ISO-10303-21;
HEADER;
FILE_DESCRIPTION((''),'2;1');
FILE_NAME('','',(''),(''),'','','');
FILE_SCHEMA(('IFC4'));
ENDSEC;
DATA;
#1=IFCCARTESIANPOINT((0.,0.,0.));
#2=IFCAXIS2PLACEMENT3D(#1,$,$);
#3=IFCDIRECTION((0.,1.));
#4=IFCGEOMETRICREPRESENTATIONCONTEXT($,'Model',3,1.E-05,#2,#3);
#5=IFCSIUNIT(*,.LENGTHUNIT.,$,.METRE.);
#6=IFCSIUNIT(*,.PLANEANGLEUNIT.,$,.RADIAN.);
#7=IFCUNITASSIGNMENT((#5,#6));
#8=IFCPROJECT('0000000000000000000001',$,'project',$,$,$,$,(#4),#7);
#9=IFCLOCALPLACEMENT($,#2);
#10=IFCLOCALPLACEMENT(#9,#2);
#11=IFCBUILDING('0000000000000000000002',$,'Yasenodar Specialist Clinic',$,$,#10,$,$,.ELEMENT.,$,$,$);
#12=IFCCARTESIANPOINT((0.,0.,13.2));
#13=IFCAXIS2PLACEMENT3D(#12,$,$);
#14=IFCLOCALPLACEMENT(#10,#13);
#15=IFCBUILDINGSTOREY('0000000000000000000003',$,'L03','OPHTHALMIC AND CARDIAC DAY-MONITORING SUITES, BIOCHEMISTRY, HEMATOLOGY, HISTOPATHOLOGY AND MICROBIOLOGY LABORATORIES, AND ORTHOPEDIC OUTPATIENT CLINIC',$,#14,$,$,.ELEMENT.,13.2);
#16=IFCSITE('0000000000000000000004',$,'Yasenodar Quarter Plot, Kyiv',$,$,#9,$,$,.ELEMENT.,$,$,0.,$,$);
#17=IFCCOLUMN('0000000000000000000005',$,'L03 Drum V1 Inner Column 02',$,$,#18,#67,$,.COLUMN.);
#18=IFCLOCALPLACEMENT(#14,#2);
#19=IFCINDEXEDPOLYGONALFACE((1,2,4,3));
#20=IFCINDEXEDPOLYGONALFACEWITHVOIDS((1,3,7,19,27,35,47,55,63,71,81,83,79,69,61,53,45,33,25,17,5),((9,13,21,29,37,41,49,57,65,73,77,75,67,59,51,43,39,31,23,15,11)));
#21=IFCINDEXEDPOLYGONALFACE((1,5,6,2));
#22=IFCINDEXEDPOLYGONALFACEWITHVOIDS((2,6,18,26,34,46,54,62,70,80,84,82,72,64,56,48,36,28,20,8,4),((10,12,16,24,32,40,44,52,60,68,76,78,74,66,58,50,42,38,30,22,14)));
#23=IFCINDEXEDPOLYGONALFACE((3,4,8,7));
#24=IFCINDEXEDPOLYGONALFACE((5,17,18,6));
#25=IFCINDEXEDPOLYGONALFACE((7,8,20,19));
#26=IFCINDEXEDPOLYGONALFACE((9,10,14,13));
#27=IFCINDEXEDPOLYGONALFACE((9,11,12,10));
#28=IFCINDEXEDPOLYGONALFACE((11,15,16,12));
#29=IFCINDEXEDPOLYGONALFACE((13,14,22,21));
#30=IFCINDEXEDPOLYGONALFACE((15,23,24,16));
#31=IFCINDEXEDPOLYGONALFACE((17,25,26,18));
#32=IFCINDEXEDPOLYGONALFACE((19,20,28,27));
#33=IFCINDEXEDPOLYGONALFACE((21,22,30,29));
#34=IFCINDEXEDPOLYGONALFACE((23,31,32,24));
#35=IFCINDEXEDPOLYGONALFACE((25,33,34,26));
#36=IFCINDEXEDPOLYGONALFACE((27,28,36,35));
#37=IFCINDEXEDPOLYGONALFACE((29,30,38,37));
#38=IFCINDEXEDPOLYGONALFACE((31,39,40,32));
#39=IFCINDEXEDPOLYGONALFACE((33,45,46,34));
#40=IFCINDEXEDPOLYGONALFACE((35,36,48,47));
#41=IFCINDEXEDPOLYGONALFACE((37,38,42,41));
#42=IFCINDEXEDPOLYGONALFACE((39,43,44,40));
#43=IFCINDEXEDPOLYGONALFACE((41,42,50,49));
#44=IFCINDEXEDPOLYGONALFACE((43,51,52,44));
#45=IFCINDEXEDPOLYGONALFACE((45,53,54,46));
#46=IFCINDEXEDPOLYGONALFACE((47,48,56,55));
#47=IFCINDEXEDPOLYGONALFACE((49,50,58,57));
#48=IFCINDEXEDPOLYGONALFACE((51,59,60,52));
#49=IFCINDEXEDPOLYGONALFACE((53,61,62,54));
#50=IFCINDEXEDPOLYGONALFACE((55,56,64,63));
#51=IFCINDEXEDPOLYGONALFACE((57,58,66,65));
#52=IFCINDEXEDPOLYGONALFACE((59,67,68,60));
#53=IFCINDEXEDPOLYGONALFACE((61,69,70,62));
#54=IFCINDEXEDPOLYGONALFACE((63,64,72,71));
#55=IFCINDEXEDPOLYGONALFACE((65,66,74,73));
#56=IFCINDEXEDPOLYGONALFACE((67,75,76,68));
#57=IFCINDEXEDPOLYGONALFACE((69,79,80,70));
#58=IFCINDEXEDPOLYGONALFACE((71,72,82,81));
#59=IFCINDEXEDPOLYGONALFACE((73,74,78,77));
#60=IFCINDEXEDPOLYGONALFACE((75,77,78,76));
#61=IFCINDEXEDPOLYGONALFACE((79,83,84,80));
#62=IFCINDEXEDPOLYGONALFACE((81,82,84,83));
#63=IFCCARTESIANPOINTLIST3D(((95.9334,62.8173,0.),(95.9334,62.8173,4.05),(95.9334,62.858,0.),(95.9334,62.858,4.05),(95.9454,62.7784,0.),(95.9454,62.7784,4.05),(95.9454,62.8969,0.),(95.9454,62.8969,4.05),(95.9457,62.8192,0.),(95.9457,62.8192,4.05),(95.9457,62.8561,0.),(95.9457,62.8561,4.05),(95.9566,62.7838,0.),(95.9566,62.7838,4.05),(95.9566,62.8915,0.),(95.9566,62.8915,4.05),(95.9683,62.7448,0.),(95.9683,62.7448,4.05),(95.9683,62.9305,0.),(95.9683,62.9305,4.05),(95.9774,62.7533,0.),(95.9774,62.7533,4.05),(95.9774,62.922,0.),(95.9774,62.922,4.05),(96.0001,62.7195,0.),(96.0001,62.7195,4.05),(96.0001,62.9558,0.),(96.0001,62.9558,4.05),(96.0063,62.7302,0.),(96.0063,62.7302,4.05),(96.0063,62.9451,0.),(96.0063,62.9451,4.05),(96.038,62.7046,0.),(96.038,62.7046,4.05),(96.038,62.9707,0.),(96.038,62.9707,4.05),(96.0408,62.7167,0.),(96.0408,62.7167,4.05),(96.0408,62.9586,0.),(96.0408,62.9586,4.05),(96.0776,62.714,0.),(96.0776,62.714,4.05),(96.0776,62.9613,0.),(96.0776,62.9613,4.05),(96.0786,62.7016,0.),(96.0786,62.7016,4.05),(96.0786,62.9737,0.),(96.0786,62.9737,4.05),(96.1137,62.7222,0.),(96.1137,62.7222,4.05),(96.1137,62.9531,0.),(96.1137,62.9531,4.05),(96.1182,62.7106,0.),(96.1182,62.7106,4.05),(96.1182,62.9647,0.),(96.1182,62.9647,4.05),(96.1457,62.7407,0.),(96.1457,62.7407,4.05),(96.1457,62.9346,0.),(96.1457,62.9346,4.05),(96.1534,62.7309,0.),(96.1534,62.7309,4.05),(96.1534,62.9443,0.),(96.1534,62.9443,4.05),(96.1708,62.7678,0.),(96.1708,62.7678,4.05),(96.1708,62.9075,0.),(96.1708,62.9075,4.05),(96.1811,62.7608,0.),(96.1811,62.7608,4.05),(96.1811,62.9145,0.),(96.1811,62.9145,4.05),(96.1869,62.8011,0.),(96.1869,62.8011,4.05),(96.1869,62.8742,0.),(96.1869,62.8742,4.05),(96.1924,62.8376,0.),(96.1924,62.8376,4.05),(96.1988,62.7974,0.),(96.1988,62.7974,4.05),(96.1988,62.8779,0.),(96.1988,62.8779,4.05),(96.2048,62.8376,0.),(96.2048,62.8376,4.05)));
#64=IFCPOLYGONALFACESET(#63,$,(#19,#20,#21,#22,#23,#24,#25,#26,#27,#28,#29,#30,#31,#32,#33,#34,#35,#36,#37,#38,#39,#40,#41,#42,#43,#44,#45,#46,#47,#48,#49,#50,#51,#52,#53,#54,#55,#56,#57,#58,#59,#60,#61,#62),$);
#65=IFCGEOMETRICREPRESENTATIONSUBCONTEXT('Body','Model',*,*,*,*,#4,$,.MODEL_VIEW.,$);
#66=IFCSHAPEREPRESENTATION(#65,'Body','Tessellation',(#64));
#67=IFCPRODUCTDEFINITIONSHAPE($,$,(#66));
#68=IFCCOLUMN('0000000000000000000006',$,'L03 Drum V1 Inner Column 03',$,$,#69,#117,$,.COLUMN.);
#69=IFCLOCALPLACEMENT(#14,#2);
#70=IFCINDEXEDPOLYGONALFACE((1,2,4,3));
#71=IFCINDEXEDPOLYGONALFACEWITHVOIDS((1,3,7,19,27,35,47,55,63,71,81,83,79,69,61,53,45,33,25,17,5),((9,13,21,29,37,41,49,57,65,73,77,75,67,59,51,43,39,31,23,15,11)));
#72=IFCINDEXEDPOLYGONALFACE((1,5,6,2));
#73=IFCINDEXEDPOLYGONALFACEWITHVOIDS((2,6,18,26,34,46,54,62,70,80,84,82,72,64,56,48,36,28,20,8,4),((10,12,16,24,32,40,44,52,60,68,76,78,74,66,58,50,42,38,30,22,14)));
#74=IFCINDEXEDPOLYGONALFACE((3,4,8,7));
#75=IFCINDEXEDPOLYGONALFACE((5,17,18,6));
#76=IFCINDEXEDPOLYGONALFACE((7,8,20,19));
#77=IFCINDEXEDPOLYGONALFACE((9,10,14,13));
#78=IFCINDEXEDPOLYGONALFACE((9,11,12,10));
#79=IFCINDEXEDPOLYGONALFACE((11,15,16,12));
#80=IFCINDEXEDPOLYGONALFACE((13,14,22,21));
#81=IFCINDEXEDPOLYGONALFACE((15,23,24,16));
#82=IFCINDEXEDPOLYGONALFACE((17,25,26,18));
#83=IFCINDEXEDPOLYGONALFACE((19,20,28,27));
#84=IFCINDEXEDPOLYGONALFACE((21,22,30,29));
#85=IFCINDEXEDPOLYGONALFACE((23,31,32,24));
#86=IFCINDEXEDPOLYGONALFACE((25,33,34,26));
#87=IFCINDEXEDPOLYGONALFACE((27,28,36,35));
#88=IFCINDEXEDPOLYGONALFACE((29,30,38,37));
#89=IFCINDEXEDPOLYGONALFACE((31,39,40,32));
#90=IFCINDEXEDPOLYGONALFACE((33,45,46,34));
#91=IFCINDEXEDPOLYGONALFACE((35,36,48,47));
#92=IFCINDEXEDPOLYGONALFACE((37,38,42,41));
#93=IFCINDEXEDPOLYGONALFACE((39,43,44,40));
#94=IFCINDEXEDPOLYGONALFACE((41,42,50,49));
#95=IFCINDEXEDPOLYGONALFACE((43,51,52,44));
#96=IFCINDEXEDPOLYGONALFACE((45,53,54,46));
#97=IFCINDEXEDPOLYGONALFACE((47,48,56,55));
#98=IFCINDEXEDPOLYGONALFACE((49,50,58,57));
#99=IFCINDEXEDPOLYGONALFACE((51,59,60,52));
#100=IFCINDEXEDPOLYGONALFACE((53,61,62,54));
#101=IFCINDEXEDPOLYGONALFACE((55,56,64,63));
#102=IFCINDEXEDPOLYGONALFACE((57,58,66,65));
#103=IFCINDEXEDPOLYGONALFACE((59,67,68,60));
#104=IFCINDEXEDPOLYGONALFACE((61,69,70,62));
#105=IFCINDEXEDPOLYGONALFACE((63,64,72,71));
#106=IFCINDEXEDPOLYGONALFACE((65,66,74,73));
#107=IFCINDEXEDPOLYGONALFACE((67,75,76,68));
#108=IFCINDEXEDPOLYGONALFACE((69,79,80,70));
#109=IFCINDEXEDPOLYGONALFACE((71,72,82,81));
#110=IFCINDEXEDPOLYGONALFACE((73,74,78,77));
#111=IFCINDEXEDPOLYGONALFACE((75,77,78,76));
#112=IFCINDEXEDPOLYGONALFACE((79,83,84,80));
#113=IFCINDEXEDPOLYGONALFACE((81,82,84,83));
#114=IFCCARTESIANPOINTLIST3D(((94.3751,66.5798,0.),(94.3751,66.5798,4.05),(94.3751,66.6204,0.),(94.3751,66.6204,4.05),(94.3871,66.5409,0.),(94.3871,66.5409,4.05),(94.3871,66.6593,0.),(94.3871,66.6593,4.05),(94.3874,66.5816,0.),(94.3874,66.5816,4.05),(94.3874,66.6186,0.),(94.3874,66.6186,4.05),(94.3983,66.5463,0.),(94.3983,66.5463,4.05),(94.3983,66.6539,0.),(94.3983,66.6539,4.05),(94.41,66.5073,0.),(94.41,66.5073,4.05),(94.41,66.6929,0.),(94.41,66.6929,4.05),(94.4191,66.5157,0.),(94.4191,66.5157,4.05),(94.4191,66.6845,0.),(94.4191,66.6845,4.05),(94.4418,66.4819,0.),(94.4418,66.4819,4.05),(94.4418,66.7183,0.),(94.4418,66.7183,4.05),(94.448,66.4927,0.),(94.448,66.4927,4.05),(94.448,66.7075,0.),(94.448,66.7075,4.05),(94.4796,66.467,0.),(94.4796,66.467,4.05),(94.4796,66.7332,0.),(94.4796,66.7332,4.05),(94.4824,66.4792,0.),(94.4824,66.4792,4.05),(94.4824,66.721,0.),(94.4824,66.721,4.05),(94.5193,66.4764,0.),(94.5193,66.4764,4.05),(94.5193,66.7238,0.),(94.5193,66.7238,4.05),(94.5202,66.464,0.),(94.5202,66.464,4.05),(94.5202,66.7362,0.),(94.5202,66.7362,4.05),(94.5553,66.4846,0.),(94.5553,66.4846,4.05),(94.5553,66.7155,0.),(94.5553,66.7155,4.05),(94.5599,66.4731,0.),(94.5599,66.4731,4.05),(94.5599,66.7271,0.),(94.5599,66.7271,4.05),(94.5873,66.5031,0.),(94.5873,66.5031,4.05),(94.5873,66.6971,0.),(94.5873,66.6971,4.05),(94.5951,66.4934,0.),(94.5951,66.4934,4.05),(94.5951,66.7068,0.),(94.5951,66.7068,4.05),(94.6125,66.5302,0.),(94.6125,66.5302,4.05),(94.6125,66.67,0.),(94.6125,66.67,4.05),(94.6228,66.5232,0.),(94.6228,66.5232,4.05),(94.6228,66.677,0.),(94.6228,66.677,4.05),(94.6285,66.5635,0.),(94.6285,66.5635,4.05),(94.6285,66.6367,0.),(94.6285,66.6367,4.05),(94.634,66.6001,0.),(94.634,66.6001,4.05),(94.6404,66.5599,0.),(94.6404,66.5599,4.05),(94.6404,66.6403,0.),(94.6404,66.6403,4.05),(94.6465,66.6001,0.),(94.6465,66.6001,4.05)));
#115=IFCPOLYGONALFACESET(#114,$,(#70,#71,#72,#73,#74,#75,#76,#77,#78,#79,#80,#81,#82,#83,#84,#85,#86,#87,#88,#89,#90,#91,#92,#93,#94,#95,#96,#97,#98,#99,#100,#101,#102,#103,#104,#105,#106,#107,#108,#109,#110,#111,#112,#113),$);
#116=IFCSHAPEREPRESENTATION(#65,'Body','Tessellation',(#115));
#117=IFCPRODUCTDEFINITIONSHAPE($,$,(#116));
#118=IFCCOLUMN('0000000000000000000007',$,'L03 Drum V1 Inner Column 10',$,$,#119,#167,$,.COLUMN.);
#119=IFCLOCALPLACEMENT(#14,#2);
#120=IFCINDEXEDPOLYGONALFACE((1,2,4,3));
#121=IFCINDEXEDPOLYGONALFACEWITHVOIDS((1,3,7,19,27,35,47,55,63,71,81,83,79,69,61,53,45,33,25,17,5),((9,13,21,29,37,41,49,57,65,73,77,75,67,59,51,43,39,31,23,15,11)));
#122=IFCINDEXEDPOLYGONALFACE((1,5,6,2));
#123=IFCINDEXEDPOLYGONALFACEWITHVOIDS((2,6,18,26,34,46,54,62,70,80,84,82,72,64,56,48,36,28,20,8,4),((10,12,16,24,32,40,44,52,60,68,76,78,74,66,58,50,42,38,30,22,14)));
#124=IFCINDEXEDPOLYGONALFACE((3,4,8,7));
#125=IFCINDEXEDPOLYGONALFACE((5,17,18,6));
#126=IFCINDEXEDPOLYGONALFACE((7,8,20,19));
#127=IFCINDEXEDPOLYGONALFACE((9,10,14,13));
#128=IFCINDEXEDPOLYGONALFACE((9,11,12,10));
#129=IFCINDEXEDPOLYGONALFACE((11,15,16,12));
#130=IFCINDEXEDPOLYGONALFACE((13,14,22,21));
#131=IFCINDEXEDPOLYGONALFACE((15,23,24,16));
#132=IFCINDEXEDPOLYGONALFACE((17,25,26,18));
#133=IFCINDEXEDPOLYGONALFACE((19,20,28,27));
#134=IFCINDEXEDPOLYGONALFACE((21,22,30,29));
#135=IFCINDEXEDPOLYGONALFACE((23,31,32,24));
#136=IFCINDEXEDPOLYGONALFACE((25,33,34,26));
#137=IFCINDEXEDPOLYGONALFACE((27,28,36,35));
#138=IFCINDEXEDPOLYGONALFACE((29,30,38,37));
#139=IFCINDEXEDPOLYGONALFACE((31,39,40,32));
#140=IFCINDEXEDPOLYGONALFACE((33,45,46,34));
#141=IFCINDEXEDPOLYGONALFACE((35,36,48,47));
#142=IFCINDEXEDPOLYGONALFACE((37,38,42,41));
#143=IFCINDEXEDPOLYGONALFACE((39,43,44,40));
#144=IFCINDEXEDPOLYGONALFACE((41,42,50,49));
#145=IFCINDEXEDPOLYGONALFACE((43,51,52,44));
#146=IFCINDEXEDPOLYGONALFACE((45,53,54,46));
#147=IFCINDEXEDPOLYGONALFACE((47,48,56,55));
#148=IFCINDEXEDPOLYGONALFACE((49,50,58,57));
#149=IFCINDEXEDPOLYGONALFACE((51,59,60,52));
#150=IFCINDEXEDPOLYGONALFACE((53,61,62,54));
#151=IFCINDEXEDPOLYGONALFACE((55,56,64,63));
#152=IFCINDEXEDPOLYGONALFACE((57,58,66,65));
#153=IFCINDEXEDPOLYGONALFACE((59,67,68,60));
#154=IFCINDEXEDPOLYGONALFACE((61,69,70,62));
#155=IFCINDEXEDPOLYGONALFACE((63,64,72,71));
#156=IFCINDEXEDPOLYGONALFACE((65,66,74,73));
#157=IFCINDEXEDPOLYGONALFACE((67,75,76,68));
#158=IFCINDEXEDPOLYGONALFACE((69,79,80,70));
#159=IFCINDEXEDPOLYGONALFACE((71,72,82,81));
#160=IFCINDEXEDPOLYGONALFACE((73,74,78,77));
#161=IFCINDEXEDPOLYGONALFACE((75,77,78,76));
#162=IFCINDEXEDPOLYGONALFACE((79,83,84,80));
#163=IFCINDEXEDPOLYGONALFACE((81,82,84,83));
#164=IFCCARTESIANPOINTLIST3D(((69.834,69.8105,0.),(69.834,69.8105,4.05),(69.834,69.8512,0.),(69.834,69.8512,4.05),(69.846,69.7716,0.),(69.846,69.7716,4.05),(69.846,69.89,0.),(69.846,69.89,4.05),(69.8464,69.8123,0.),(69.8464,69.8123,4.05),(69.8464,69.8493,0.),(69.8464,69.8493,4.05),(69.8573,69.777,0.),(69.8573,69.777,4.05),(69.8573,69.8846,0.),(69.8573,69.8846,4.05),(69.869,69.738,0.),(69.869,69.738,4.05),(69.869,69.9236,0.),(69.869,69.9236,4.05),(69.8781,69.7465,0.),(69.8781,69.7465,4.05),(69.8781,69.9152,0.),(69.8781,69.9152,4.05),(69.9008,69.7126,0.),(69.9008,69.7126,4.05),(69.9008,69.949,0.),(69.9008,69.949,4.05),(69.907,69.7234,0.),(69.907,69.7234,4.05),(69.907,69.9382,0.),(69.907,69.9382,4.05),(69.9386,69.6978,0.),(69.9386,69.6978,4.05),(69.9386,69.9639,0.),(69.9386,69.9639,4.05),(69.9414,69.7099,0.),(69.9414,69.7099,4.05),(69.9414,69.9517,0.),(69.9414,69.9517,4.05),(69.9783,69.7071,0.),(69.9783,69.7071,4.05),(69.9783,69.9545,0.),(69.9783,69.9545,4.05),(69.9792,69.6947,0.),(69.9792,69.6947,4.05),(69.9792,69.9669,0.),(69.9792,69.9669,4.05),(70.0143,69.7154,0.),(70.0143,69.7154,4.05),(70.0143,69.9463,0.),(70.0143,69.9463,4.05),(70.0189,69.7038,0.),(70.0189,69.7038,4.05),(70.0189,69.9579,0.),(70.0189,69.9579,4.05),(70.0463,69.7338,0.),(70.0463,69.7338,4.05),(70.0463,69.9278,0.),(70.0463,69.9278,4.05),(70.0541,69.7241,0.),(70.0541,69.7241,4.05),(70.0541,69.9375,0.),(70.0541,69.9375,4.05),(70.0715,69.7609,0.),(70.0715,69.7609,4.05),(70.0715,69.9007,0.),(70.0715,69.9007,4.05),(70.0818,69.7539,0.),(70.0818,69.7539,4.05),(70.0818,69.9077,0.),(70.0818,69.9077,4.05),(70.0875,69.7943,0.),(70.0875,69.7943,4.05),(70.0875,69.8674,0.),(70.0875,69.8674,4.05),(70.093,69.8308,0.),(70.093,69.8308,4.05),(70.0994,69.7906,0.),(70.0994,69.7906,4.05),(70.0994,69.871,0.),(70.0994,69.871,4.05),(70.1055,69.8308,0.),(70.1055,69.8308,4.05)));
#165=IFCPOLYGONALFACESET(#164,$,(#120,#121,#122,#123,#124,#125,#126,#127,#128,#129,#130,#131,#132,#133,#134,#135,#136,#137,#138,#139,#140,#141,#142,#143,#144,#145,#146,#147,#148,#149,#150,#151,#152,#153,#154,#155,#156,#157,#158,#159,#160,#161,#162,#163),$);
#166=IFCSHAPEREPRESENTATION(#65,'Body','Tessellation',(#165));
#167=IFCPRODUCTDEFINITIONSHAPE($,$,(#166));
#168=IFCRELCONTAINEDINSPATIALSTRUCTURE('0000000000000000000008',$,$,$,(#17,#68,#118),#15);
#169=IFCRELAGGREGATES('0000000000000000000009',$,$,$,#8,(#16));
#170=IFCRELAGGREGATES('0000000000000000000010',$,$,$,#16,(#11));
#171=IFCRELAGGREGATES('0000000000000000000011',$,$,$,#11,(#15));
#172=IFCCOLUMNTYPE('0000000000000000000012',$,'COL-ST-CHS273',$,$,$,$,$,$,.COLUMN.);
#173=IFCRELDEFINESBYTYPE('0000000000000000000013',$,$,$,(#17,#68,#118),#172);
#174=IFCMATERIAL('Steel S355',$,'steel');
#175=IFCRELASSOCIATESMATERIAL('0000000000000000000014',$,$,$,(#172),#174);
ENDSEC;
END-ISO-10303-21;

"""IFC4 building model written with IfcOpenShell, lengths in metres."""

from ifc_helpers import new_model, si_unit, direction, frame, origin, origin_2d, place, context, subcontext, project, spatial, hollow_circle, extrude, material, material_profile, profile_set, type_object, element, save


model = new_model("IFC4")

# Units and contexts
model_context = context("Model", 3, precision=1e-05, world=origin(), true_north=direction((0.0, 1.0)))
body_context = subcontext(model_context, "Body", "Model", "MODEL_VIEW")
ifc_project = project(units=[si_unit("LENGTHUNIT", "METRE"), si_unit("PLANEANGLEUNIT", "RADIAN")], contexts=[model_context])

# Site, building, storey
site_placement = place(None, origin())
site = spatial("IfcSite", under=ifc_project, at=site_placement, Name="Yasenodar Quarter Plot, Kyiv", CompositionType="ELEMENT", RefElevation=0.0)
building_placement = place(site_placement, origin())
building = spatial("IfcBuilding", under=site, at=building_placement, Name="Yasenodar Specialist Clinic", CompositionType="ELEMENT")
storey_placement = place(building_placement, frame((0.0, 0.0, 13.2)))
storey = spatial("IfcBuildingStorey", under=building, at=storey_placement, Name="L03", Description="OPHTHALMIC AND CARDIAC DAY-MONITORING SUITES, BIOCHEMISTRY, HEMATOLOGY, HISTOPATHOLOGY AND MICROBIOLOGY LABORATORIES, AND ORTHOPEDIC OUTPATIENT CLINIC", CompositionType="ELEMENT", Elevation=13.2)

# Columns
ifc_material_1 = material(Name="Steel S355", Category="steel")
ifc_material_profile_1 = material_profile(ifc_material_1, hollow_circle(Radius=0.1365, WallThickness=0.0125, at=origin_2d()), Name="CHS 273x12.5")
ifc_profile_set_1 = profile_set([ifc_material_profile_1], Name="Steel S355")
column_type = type_object("IfcColumnType", Name="COL-ST-CHS273", PredefinedType="COLUMN", material=ifc_profile_set_1)
for number, where, z_axis, x_axis, name in (
    (1, (96.0684, 62.8376, 0.0), (0.0, 0.0, 1.0), (1.0, 0.0, 0.0), "L03 Drum V1 Inner Column 02"),
    (2, (94.51, 66.6001, 0.0), (0.0, 0.0, 1.0), (1.0, 0.0, 0.0), "L03 Drum V1 Inner Column 03"),
    (3, (69.969, 69.8308, 0.0), (0.0, 0.0, 1.0), (1.0, 0.0, 0.0), "L03 Drum V1 Inner Column 10"),
):
    element("IfcColumn", number, at=place(storey_placement, frame(where, z_axis=z_axis, x_axis=x_axis)), inside=storey, type_object=column_type, Name=name, PredefinedType="COLUMN", context=body_context, shape_type="SweptSolid", body=[
        extrude(hollow_circle(Radius=0.1365, WallThickness=0.0125, at=origin_2d()), origin(), (0.0, 0.0, 1.0), 4.05),
    ])

save(model, "model.ifc")
